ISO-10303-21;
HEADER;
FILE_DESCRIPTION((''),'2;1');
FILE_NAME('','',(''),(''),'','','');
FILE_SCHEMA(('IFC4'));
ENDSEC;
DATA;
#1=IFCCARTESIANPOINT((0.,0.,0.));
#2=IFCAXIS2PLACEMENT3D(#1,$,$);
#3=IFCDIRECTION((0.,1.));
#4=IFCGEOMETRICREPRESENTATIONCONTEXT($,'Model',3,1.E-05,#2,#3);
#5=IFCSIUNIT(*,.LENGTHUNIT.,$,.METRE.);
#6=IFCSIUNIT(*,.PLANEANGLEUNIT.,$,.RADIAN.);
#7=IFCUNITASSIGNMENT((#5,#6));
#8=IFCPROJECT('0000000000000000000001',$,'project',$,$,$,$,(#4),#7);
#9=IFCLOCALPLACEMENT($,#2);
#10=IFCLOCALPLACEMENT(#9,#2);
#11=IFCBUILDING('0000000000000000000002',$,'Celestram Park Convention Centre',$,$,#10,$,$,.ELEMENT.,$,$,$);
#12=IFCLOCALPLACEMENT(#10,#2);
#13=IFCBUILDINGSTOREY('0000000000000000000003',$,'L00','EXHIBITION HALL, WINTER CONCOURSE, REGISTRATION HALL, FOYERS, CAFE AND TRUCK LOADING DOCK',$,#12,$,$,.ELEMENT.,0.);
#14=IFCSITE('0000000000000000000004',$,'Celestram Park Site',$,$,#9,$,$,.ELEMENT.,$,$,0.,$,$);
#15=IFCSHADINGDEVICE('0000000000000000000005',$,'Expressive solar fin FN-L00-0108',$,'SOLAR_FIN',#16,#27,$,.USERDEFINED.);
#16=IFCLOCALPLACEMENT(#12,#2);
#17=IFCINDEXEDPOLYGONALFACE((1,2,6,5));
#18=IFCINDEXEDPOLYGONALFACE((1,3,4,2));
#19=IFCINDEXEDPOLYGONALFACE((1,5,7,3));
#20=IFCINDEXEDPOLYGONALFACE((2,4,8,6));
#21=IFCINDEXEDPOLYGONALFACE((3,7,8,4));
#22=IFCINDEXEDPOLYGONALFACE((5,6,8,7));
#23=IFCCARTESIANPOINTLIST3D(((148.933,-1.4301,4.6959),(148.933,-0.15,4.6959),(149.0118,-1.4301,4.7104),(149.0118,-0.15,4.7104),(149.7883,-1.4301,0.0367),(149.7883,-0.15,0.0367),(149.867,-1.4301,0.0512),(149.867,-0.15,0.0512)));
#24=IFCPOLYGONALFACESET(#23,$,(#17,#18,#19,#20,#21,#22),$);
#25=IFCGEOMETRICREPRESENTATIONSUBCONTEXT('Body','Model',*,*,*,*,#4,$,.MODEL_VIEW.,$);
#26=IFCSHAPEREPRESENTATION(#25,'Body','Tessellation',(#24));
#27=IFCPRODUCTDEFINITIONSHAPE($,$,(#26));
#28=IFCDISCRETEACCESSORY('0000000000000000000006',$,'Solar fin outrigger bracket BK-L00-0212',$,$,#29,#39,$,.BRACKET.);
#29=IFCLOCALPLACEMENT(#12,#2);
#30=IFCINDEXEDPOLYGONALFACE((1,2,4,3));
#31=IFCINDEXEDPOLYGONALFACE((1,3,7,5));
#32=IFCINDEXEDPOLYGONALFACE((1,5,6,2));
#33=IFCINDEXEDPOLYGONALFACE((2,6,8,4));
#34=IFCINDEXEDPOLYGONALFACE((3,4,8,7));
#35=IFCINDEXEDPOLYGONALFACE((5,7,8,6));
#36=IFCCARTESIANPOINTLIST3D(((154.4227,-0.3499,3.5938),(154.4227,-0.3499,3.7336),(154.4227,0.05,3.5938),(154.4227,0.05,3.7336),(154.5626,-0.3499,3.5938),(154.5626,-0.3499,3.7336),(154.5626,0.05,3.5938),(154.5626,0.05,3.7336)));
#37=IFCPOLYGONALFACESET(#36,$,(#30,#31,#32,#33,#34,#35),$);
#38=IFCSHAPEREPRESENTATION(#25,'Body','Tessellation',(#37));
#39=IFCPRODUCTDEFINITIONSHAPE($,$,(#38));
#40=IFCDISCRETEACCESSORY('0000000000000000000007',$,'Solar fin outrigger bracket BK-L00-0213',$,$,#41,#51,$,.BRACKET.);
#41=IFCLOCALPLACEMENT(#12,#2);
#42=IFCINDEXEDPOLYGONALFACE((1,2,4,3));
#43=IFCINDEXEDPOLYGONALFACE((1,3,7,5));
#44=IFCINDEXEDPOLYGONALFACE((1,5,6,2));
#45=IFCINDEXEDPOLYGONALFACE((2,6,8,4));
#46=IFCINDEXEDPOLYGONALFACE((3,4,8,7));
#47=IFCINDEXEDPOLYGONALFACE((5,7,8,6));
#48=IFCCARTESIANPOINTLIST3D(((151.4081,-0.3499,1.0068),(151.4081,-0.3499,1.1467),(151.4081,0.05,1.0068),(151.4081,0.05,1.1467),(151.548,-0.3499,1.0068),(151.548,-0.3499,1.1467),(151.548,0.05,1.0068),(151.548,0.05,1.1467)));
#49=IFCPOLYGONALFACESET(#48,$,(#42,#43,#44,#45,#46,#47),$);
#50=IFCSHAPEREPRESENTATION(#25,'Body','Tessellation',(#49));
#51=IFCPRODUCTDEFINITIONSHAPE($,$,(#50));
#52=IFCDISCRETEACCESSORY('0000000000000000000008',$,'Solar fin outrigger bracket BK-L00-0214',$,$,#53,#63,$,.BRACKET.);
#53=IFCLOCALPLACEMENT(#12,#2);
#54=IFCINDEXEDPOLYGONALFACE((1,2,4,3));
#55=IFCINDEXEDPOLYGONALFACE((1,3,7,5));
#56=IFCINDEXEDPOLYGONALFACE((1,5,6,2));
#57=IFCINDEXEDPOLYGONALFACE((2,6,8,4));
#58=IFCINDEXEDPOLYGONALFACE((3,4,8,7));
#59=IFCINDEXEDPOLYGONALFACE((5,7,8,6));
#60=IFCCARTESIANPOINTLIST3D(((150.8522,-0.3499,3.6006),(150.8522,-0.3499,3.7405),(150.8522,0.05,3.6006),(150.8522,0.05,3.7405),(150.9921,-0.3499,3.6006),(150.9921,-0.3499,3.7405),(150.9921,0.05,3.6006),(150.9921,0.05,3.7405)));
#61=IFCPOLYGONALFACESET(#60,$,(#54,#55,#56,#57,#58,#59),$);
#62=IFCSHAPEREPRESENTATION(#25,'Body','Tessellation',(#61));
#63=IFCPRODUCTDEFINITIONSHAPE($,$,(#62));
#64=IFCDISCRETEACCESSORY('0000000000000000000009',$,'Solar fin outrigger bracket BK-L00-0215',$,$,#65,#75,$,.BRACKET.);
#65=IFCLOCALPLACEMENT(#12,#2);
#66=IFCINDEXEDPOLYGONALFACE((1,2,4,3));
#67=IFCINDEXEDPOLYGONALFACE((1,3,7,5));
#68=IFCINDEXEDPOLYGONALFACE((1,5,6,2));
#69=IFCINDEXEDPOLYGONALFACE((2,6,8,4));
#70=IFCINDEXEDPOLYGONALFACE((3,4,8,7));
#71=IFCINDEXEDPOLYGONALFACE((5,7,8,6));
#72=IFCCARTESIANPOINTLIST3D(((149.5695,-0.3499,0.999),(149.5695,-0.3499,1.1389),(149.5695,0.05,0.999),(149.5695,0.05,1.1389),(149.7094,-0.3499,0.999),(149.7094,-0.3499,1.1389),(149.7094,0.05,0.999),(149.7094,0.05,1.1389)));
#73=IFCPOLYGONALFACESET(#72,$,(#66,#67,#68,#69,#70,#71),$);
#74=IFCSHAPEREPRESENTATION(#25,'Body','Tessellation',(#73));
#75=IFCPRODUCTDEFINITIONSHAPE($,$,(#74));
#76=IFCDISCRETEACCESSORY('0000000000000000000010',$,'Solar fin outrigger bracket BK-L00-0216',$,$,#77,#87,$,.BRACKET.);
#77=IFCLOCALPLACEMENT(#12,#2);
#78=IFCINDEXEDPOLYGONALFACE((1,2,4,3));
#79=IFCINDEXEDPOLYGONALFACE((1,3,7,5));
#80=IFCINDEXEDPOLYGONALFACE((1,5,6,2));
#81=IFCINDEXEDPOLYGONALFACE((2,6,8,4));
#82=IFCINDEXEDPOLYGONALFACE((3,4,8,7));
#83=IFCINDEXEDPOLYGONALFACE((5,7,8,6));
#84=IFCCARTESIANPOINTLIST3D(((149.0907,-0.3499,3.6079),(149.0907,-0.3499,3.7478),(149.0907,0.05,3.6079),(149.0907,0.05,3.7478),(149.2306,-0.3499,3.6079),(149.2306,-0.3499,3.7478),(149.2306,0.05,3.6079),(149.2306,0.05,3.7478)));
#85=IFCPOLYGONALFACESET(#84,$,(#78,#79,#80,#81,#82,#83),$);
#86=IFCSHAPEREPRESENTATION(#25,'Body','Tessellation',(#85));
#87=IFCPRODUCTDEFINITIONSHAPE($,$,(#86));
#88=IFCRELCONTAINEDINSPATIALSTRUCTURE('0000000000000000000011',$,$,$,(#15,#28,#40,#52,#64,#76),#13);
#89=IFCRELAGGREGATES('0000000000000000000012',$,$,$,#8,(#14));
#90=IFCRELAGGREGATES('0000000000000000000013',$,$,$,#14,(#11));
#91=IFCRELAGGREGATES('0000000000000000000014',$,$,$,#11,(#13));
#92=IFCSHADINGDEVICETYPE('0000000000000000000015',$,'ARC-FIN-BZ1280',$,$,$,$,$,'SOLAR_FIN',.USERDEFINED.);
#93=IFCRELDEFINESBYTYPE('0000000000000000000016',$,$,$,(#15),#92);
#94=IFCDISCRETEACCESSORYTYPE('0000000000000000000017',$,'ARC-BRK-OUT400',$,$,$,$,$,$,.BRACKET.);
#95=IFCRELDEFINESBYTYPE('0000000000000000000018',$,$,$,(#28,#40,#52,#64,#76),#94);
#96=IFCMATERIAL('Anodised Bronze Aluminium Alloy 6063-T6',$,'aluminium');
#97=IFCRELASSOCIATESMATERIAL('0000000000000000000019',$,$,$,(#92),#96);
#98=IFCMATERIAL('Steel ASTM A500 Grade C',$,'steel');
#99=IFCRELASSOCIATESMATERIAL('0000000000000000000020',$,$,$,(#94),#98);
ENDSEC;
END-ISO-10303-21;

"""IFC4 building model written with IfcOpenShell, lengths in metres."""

from ifc_helpers import new_model, si_unit, direction, frame, origin, origin_2d, place, context, subcontext, project, spatial, rectangle, extrude, material, material_profile, profile_set, type_object, element, save


model = new_model("IFC4")

# Units and contexts
model_context = context("Model", 3, precision=1e-05, world=origin(), true_north=direction((0.0, 1.0)))
body_context = subcontext(model_context, "Body", "Model", "MODEL_VIEW")
ifc_project = project(units=[si_unit("LENGTHUNIT", "METRE"), si_unit("PLANEANGLEUNIT", "RADIAN")], contexts=[model_context])

# Site, building, storey
site_placement = place(None, origin())
site = spatial("IfcSite", under=ifc_project, at=site_placement, Name="Celestram Park Site", CompositionType="ELEMENT", RefElevation=0.0)
building_placement = place(site_placement, origin())
building = spatial("IfcBuilding", under=site, at=building_placement, Name="Celestram Park Convention Centre", CompositionType="ELEMENT")
storey_placement = place(building_placement, origin())
storey = spatial("IfcBuildingStorey", under=building, at=storey_placement, Name="L00", Description="EXHIBITION HALL, WINTER CONCOURSE, REGISTRATION HALL, FOYERS, CAFE AND TRUCK LOADING DOCK", CompositionType="ELEMENT", Elevation=0.0)

# Shading device
ifc_material_1 = material(Name="Anodised Bronze Aluminium Alloy 6063-T6", Category="aluminium")
ifc_material_profile_1 = material_profile(ifc_material_1, rectangle(XDim=1.28, YDim=0.0801, at=origin_2d()), Name="FIN1280X80")
ifc_profile_set_1 = profile_set([ifc_material_profile_1], Name="Anodised Bronze Aluminium Alloy 6063-T6")
shading_device_type = type_object("IfcShadingDeviceType", Name="ARC-FIN-BZ1280", ElementType="SOLAR_FIN", PredefinedType="USERDEFINED", material=ifc_profile_set_1)
for number, where, z_axis, x_axis, name in (
    (1, (149.8276, -0.79, 0.0439), (-0.180541, 0.0, 0.983568), (0.0, -1.0, 0.0), "Expressive solar fin FN-L00-0108"),
):
    element("IfcShadingDevice", number, at=place(storey_placement, frame(where, z_axis=z_axis, x_axis=x_axis)), inside=storey, type_object=shading_device_type, Name=name, ObjectType="SOLAR_FIN", PredefinedType="USERDEFINED", context=body_context, shape_type="SweptSolid", body=[
        extrude(rectangle(XDim=1.28, YDim=0.0801, at=origin_2d()), origin(), (0.0, 0.0, 1.0), 4.7371),
    ])

# Discrete accessories
ifc_material_2 = material(Name="Steel ASTM A500 Grade C", Category="steel")
discrete_accessory_type = type_object("IfcDiscreteAccessoryType", Name="ARC-BRK-OUT400", PredefinedType="BRACKET", material=ifc_material_2)
for number, where, z_axis, x_axis, name in (
    (2, (154.4927, -0.1499, 3.5938), (0.0, 0.0, 1.0), (0.0, -1.0, 0.0), "Solar fin outrigger bracket BK-L00-0212"),
    (3, (151.478, -0.1499, 1.0068), (0.0, 0.0, 1.0), (0.0, -1.0, 0.0), "Solar fin outrigger bracket BK-L00-0213"),
    (4, (150.9221, -0.1499, 3.6006), (0.0, 0.0, 1.0), (0.0, -1.0, 0.0), "Solar fin outrigger bracket BK-L00-0214"),
    (5, (149.6394, -0.1499, 0.999), (0.0, 0.0, 1.0), (0.0, -1.0, 0.0), "Solar fin outrigger bracket BK-L00-0215"),
    (6, (149.1606, -0.1499, 3.6079), (0.0, 0.0, 1.0), (0.0, -1.0, 0.0), "Solar fin outrigger bracket BK-L00-0216"),
):
    element("IfcDiscreteAccessory", number, at=place(storey_placement, frame(where, z_axis=z_axis, x_axis=x_axis)), inside=storey, type_object=discrete_accessory_type, Name=name, PredefinedType="BRACKET", context=body_context, shape_type="SweptSolid", body=[
        extrude(rectangle(XDim=0.3999, YDim=0.1399, at=origin_2d()), origin(), (0.0, 0.0, 1.0), 0.1399),
    ])

save(model, "model.ifc")
